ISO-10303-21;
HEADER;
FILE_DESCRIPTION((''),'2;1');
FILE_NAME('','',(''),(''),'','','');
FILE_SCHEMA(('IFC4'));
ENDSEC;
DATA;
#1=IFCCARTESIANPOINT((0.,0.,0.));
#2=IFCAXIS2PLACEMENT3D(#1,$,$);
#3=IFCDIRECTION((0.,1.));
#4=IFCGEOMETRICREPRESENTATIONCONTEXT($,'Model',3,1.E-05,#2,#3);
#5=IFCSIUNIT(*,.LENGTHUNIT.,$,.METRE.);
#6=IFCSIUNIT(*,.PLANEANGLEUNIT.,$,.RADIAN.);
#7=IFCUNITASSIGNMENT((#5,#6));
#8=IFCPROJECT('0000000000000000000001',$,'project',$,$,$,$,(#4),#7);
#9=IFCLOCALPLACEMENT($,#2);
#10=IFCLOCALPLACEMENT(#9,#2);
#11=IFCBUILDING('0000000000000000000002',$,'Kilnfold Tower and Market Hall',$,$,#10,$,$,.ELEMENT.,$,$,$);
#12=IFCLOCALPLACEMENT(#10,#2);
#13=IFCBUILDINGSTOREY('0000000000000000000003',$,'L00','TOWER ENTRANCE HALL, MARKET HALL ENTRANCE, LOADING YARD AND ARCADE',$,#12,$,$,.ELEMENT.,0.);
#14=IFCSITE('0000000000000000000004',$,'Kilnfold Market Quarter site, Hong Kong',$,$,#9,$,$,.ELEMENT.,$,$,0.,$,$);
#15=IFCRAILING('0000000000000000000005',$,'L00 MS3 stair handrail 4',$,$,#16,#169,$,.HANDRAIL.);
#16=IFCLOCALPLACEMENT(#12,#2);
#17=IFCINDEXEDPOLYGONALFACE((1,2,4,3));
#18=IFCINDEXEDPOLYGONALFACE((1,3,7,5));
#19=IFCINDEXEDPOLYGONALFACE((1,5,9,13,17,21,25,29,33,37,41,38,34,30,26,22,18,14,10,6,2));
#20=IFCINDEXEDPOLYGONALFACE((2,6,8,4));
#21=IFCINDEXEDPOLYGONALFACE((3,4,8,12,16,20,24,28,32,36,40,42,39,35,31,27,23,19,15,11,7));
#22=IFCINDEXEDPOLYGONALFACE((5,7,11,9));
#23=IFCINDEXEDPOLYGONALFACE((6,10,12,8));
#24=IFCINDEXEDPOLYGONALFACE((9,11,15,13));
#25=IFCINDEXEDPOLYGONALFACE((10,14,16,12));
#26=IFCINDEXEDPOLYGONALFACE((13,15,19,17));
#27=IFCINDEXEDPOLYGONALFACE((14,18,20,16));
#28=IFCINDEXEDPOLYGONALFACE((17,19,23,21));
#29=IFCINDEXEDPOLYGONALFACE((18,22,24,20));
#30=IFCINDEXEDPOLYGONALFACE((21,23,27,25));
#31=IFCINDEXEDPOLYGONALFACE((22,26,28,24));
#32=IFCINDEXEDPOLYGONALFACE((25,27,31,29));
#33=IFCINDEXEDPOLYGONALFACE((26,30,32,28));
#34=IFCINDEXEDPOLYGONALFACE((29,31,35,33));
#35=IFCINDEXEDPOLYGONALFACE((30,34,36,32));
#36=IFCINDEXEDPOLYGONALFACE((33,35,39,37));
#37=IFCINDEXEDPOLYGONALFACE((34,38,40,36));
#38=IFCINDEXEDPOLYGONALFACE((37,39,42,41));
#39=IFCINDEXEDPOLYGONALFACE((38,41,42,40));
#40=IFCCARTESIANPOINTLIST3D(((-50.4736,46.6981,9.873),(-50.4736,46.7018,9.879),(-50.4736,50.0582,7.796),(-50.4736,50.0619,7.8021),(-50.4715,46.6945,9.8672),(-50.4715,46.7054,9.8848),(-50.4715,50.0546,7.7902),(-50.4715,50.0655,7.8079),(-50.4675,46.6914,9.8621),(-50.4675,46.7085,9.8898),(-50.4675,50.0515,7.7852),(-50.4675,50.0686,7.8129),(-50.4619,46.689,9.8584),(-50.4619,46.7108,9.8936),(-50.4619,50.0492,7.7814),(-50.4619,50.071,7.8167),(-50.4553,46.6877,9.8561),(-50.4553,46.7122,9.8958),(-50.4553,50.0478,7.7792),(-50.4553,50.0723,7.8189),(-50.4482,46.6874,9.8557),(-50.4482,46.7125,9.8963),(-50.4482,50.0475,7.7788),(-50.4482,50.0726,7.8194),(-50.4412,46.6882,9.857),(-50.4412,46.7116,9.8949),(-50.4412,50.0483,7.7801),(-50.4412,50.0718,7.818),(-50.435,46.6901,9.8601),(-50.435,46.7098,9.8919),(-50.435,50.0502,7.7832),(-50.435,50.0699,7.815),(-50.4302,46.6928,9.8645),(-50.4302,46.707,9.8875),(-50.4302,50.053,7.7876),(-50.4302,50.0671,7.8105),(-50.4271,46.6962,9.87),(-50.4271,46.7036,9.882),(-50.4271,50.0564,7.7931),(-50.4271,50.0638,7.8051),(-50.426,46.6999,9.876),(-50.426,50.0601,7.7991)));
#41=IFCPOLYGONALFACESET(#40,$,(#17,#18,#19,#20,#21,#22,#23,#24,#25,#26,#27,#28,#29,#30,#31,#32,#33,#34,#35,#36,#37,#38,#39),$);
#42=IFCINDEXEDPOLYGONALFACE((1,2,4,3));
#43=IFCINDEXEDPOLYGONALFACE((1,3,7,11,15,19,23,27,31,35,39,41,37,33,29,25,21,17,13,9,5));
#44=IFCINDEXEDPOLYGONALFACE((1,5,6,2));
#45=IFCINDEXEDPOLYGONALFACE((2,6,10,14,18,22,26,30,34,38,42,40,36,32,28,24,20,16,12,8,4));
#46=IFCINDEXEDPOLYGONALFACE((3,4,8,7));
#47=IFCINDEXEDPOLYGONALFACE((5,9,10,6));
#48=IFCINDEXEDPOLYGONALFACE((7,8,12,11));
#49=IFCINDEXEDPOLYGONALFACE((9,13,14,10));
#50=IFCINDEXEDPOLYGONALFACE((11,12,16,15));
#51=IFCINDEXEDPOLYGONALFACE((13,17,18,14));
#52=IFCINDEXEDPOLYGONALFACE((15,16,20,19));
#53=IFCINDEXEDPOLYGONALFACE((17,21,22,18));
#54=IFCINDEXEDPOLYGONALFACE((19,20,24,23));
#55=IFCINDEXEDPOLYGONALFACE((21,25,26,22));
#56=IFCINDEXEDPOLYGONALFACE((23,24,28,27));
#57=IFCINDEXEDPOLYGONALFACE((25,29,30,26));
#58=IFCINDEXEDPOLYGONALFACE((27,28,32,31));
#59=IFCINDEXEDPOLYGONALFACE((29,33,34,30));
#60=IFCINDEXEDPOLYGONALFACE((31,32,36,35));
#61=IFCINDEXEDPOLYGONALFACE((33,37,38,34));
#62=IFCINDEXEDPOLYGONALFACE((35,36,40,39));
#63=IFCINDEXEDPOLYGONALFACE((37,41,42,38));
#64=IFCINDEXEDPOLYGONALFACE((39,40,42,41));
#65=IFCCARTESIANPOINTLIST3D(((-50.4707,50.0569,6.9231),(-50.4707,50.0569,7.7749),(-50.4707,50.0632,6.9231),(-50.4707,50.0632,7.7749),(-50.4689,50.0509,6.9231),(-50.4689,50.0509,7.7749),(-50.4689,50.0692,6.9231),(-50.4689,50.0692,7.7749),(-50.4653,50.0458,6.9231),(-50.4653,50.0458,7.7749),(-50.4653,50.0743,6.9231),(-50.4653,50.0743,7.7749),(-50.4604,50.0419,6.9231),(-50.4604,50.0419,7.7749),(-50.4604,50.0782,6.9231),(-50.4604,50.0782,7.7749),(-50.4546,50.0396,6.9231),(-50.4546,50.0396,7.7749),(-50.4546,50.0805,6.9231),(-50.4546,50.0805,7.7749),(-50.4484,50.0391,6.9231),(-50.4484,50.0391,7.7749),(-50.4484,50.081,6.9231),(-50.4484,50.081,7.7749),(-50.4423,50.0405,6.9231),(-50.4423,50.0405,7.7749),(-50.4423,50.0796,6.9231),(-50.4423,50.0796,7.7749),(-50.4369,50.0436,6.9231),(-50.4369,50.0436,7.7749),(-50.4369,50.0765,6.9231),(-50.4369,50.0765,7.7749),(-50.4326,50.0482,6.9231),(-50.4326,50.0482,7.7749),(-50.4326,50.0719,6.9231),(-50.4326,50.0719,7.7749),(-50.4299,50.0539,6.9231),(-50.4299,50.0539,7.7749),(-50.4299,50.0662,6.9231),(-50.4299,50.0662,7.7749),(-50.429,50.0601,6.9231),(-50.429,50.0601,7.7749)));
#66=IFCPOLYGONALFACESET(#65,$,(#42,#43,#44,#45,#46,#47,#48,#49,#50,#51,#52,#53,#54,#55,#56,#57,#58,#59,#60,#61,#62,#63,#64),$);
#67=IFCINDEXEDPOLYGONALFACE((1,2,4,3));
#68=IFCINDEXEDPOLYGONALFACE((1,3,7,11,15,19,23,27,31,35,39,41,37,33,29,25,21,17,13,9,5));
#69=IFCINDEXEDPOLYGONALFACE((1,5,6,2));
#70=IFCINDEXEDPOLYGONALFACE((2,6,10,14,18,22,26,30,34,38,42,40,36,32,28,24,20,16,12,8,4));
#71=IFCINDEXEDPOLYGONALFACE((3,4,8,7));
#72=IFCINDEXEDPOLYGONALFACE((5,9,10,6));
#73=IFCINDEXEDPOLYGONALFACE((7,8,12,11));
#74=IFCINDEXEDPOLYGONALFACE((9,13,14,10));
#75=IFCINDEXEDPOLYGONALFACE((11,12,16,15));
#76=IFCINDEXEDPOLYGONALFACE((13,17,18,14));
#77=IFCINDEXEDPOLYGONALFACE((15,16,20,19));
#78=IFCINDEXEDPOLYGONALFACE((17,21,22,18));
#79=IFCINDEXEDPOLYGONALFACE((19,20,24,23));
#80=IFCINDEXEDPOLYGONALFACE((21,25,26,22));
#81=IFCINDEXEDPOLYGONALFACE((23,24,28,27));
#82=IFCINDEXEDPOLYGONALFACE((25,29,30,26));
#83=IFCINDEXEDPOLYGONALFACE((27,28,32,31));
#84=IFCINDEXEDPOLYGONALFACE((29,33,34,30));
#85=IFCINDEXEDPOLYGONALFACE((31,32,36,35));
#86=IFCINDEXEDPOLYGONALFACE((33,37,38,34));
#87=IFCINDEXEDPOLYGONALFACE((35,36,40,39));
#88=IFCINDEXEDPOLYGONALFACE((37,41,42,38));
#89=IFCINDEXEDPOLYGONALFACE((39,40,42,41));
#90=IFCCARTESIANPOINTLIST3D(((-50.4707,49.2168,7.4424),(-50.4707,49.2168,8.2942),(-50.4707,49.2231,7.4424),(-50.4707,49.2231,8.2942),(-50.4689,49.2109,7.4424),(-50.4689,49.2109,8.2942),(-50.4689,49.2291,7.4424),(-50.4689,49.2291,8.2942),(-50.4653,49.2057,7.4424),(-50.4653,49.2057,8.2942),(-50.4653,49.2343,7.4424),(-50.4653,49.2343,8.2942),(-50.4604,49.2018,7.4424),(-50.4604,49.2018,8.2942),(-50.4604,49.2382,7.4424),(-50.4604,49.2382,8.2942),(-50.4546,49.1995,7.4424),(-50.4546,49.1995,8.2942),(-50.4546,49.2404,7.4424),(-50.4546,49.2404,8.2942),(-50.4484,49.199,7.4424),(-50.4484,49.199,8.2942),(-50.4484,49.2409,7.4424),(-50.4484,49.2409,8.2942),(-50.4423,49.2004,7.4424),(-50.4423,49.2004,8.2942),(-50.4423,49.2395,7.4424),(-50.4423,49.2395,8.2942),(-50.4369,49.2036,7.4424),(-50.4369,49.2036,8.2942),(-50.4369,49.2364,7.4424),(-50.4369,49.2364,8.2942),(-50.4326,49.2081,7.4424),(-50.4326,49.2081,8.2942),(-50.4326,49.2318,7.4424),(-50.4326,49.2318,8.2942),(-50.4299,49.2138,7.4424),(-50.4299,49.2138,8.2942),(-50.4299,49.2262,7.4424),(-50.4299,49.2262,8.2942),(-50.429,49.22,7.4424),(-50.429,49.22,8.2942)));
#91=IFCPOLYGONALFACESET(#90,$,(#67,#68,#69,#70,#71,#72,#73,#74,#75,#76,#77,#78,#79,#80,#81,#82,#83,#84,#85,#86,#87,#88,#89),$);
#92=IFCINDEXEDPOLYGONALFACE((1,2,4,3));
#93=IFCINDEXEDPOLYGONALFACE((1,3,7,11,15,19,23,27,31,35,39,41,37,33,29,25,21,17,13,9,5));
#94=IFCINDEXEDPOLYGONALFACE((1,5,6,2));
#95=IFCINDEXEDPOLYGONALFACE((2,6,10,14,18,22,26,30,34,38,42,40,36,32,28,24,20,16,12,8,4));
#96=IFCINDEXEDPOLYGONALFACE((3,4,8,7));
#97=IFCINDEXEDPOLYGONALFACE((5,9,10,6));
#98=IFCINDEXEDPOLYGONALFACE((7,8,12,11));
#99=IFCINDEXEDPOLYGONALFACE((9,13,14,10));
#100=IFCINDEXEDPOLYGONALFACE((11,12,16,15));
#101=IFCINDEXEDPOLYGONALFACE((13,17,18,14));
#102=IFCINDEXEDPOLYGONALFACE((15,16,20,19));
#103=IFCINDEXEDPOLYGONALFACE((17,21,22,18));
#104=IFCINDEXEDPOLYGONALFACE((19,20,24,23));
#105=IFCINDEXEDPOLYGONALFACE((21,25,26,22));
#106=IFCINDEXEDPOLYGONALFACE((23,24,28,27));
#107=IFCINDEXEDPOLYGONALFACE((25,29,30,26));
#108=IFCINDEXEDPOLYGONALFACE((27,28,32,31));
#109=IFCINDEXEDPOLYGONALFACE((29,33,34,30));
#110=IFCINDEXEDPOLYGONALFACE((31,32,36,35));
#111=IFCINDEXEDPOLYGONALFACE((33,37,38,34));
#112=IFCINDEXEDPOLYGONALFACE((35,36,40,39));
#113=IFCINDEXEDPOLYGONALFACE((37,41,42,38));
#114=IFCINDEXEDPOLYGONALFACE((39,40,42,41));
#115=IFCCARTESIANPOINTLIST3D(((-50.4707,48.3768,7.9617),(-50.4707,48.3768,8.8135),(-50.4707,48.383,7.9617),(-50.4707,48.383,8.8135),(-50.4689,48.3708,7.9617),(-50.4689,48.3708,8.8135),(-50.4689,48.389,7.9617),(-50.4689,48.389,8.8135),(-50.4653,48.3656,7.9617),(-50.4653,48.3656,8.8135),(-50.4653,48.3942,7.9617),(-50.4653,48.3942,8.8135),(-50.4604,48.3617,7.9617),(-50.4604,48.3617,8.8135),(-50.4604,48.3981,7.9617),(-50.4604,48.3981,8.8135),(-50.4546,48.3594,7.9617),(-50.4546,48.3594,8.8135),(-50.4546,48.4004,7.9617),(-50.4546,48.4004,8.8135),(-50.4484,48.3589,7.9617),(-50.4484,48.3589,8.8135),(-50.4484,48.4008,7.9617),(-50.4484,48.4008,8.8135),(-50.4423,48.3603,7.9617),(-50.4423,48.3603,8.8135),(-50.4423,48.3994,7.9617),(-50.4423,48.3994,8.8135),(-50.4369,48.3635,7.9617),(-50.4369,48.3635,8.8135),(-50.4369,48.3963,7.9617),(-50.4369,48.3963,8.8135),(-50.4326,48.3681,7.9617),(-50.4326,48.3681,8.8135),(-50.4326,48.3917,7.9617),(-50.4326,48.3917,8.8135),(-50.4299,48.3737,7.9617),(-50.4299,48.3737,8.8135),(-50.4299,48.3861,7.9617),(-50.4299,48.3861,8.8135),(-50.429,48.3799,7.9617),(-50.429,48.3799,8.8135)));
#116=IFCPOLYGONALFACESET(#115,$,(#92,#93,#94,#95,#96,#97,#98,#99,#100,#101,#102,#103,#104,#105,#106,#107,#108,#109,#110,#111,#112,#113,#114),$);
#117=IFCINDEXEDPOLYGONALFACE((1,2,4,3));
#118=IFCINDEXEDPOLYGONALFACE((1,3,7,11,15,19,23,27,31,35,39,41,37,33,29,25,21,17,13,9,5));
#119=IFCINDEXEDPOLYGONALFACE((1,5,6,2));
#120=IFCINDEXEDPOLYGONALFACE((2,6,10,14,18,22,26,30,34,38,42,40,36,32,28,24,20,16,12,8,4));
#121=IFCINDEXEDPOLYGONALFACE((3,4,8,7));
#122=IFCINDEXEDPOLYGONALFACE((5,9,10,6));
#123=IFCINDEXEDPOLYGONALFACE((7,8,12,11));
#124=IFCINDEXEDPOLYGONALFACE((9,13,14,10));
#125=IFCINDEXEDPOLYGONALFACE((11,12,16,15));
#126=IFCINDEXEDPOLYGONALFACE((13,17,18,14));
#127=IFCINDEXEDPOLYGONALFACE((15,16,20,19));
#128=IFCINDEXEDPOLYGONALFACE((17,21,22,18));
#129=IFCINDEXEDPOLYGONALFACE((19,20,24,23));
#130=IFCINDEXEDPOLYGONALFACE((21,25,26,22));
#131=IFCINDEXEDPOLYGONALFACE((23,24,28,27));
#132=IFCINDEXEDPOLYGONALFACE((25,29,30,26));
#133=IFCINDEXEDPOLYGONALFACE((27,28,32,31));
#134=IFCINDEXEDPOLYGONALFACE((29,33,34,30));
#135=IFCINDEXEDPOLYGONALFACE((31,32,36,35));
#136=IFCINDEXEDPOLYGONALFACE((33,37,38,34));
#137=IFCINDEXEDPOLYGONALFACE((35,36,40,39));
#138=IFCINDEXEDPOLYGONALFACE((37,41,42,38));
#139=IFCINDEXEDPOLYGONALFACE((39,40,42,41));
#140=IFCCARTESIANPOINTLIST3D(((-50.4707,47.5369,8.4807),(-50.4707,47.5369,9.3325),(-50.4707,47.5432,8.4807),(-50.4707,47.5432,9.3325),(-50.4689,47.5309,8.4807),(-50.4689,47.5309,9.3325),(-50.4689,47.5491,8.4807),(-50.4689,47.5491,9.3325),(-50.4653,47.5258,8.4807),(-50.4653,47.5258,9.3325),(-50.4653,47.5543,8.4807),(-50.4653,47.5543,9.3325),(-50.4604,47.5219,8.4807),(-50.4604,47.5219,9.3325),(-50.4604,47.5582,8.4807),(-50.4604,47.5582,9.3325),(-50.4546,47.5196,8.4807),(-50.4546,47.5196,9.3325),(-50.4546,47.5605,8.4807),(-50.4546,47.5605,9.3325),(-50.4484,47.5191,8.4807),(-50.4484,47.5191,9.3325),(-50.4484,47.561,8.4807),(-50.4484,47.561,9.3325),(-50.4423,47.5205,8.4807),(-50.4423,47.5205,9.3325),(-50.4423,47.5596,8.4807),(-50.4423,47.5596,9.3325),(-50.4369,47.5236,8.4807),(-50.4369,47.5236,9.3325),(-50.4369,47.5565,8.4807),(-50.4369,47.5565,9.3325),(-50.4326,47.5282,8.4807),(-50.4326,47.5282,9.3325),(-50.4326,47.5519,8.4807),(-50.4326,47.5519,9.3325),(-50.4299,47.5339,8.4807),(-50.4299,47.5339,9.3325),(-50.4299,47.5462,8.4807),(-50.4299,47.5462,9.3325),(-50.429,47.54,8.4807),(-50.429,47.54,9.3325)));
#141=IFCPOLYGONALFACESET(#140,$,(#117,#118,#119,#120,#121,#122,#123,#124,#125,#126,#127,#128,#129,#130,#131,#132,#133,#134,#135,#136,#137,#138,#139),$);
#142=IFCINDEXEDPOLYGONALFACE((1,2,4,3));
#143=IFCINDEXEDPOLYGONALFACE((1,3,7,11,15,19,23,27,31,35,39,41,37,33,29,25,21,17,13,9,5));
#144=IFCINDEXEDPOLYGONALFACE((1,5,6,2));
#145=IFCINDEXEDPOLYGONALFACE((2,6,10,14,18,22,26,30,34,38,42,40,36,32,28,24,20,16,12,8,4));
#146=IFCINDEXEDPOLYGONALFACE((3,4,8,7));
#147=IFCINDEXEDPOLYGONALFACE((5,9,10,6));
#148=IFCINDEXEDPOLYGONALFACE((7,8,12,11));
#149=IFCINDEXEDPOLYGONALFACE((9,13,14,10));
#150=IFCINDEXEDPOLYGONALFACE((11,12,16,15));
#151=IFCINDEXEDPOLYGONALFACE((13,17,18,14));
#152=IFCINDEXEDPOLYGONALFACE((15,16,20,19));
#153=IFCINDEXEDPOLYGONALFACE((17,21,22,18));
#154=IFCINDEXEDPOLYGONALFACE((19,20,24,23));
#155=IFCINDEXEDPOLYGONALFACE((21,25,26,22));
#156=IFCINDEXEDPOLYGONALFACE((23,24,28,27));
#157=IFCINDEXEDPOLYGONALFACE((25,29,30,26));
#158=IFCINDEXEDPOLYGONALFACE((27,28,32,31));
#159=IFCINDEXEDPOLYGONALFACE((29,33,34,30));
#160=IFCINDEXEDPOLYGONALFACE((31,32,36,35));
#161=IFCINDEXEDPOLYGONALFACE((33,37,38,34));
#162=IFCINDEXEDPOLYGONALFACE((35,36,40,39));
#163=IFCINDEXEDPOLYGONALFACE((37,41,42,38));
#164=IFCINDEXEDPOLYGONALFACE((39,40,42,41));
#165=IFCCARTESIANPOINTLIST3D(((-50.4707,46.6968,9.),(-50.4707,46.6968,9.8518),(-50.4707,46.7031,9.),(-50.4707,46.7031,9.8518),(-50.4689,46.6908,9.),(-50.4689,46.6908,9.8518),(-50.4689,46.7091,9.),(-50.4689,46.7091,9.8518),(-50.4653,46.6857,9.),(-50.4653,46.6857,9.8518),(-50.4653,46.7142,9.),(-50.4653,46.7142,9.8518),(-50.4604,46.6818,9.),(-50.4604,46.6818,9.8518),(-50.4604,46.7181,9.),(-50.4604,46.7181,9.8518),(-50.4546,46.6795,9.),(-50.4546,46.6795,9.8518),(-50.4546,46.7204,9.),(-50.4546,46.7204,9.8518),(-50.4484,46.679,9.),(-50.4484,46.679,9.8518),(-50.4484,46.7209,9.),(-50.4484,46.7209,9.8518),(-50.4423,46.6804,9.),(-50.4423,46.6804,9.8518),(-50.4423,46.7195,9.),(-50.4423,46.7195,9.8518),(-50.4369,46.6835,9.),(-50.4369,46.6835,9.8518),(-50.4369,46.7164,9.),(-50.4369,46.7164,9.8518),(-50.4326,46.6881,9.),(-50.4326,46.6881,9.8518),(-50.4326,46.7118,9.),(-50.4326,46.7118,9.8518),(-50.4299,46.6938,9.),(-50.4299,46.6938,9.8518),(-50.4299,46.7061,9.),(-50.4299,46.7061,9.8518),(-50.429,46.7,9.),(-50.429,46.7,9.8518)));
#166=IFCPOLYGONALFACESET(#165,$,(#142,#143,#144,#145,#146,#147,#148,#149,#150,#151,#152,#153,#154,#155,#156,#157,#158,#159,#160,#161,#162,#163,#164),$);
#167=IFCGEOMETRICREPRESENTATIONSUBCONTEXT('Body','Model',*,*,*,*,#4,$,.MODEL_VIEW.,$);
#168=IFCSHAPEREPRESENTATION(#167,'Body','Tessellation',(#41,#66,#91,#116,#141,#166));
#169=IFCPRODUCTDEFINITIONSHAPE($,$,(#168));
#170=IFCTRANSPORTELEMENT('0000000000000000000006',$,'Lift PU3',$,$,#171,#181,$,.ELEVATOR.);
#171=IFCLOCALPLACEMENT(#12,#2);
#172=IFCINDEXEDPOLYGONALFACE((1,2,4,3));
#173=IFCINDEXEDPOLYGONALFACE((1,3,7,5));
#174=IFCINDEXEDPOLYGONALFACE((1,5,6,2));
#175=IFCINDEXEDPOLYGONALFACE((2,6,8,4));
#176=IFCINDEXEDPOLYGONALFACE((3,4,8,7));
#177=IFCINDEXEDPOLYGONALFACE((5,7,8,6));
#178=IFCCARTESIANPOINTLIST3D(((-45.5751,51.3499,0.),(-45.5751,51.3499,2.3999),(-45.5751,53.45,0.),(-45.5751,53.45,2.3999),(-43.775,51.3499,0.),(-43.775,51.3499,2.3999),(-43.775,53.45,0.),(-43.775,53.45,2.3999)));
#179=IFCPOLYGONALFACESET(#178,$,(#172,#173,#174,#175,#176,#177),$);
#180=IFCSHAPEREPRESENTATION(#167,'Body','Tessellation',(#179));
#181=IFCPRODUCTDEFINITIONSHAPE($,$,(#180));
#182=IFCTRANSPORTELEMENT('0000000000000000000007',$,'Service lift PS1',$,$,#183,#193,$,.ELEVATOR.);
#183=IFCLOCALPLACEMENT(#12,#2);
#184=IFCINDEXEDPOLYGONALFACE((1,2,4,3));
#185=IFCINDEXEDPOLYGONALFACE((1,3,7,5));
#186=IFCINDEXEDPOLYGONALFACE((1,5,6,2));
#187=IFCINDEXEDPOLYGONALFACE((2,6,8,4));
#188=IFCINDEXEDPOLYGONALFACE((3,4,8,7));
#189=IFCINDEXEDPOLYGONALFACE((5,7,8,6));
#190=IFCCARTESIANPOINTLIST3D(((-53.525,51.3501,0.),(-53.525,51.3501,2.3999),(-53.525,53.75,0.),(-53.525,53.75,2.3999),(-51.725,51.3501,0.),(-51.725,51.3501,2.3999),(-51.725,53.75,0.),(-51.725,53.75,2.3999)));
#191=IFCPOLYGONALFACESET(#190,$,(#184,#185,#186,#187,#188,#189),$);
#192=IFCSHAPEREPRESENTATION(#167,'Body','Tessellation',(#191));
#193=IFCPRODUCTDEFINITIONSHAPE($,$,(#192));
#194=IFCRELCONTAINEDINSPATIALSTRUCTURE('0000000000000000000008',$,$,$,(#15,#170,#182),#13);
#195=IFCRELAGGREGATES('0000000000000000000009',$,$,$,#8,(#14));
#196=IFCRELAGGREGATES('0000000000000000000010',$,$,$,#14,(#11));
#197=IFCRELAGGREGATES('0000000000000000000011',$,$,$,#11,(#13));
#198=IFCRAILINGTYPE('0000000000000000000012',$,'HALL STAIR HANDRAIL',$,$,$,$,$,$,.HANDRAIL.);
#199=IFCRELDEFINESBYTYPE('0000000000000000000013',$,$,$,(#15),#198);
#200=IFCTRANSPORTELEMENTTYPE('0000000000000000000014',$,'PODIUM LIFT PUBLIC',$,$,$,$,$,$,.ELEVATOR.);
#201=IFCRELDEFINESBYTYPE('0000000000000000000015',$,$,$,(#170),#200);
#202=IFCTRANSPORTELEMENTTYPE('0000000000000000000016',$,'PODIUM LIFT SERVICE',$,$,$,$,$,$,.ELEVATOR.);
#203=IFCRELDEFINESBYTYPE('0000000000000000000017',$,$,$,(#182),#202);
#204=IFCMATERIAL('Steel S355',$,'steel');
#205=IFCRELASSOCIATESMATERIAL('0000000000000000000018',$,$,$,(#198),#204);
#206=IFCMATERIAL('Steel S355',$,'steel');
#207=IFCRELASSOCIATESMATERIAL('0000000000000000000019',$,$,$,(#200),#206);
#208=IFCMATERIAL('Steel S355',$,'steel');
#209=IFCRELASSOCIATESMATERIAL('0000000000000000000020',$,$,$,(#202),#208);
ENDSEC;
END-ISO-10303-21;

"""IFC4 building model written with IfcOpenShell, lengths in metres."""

from ifc_helpers import new_model, si_unit, direction, frame, origin, origin_2d, place, context, subcontext, project, spatial, rectangle, circle, extrude, source, transform, mapped, material, type_object, element, save


model = new_model("IFC4")

# Units and contexts
model_context = context("Model", 3, precision=1e-05, world=origin(), true_north=direction((0.0, 1.0)))
body_context = subcontext(model_context, "Body", "Model", "MODEL_VIEW")
ifc_project = project(units=[si_unit("LENGTHUNIT", "METRE"), si_unit("PLANEANGLEUNIT", "RADIAN")], contexts=[model_context])

# Site, building, storey
site_placement = place(None, origin())
site = spatial("IfcSite", under=ifc_project, at=site_placement, Name="Kilnfold Market Quarter site, Hong Kong", CompositionType="ELEMENT", RefElevation=0.0)
building_placement = place(site_placement, origin())
building = spatial("IfcBuilding", under=site, at=building_placement, Name="Kilnfold Tower and Market Hall", CompositionType="ELEMENT")
storey_placement = place(building_placement, origin())
storey = spatial("IfcBuildingStorey", under=building, at=storey_placement, Name="L00", Description="TOWER ENTRANCE HALL, MARKET HALL ENTRANCE, LOADING YARD AND ARCADE", CompositionType="ELEMENT", Elevation=0.0)

# Railing
ifc_material_1 = material(Name="Steel S355", Category="steel")
railing_type_1 = type_object("IfcRailingType", Name="HALL STAIR HANDRAIL", PredefinedType="HANDRAIL", material=ifc_material_1)
railing_1_placement = place(storey_placement, frame((-50.45, 50.0601, 6.9231)))
element("IfcRailing", 1, at=railing_1_placement, inside=storey, type_object=railing_type_1, Name="L00 MS3 stair handrail 4", PredefinedType="HANDRAIL", context=body_context, shape_type="SweptSolid", body=[
    extrude(circle(Radius=0.0239, at=origin_2d()), frame((0.0, 0.0, 0.876), z_axis=(0.0, -0.850623, 0.525776), x_axis=(1.0, 0.0, 0.0)), (0.0, 0.0, 1.0), 3.9502),
    extrude(circle(Radius=0.021, at=origin_2d()), origin(), (0.0, 0.0, 1.0), 0.8518),
    extrude(circle(Radius=0.021, at=origin_2d()), frame((0.0, -0.8401, 0.5193)), (0.0, 0.0, 1.0), 0.8518),
    extrude(circle(Radius=0.021, at=origin_2d()), frame((0.0, -1.6802, 1.0386)), (0.0, 0.0, 1.0), 0.8518),
    extrude(circle(Radius=0.021, at=origin_2d()), frame((0.0, -2.52, 1.5576)), (0.0, 0.0, 1.0), 0.8518),
    extrude(circle(Radius=0.021, at=origin_2d()), frame((0.0, -3.3601, 2.0769)), (0.0, 0.0, 1.0), 0.8518),
])

# Transport elements
ifc_material_2 = material(Name="Steel S355", Category="steel")
transport_element_type_1 = type_object("IfcTransportElementType", Name="PODIUM LIFT PUBLIC", PredefinedType="ELEVATOR", material=ifc_material_2)
shared_shape_1 = source(origin(), body_context, "Body", "SweptSolid", [
    extrude(rectangle(XDim=1.8, YDim=2.1001, at=origin_2d()), origin(), (0.0, 0.0, 1.0), 2.3999),
])
transport_element_1_placement = place(storey_placement, frame((-44.675, 52.3999, 0.0), z_axis=(0.0, 0.0, 1.0), x_axis=(1.0, 0.0, 0.0)))
element("IfcTransportElement", 2, at=transport_element_1_placement, inside=storey, type_object=transport_element_type_1, Name="Lift PU3", PredefinedType="ELEVATOR", context=body_context, shape_type="MappedRepresentation", body=[
    mapped(shared_shape_1, transform((0.0, 0.0, 0.0))),
])
ifc_material_3 = material(Name="Steel S355", Category="steel")
transport_element_type_2 = type_object("IfcTransportElementType", Name="PODIUM LIFT SERVICE", PredefinedType="ELEVATOR", material=ifc_material_3)
shared_shape_2 = source(origin(), body_context, "Body", "SweptSolid", [
    extrude(rectangle(XDim=1.8, YDim=2.3999, at=origin_2d()), origin(), (0.0, 0.0, 1.0), 2.3999),
])
transport_element_2_placement = place(storey_placement, frame((-52.625, 52.55, 0.0), z_axis=(0.0, 0.0, 1.0), x_axis=(1.0, 0.0, 0.0)))
element("IfcTransportElement", 3, at=transport_element_2_placement, inside=storey, type_object=transport_element_type_2, Name="Service lift PS1", PredefinedType="ELEVATOR", context=body_context, shape_type="MappedRepresentation", body=[
    mapped(shared_shape_2, transform((0.0, 0.0, 0.0))),
])

save(model, "model.ifc")
